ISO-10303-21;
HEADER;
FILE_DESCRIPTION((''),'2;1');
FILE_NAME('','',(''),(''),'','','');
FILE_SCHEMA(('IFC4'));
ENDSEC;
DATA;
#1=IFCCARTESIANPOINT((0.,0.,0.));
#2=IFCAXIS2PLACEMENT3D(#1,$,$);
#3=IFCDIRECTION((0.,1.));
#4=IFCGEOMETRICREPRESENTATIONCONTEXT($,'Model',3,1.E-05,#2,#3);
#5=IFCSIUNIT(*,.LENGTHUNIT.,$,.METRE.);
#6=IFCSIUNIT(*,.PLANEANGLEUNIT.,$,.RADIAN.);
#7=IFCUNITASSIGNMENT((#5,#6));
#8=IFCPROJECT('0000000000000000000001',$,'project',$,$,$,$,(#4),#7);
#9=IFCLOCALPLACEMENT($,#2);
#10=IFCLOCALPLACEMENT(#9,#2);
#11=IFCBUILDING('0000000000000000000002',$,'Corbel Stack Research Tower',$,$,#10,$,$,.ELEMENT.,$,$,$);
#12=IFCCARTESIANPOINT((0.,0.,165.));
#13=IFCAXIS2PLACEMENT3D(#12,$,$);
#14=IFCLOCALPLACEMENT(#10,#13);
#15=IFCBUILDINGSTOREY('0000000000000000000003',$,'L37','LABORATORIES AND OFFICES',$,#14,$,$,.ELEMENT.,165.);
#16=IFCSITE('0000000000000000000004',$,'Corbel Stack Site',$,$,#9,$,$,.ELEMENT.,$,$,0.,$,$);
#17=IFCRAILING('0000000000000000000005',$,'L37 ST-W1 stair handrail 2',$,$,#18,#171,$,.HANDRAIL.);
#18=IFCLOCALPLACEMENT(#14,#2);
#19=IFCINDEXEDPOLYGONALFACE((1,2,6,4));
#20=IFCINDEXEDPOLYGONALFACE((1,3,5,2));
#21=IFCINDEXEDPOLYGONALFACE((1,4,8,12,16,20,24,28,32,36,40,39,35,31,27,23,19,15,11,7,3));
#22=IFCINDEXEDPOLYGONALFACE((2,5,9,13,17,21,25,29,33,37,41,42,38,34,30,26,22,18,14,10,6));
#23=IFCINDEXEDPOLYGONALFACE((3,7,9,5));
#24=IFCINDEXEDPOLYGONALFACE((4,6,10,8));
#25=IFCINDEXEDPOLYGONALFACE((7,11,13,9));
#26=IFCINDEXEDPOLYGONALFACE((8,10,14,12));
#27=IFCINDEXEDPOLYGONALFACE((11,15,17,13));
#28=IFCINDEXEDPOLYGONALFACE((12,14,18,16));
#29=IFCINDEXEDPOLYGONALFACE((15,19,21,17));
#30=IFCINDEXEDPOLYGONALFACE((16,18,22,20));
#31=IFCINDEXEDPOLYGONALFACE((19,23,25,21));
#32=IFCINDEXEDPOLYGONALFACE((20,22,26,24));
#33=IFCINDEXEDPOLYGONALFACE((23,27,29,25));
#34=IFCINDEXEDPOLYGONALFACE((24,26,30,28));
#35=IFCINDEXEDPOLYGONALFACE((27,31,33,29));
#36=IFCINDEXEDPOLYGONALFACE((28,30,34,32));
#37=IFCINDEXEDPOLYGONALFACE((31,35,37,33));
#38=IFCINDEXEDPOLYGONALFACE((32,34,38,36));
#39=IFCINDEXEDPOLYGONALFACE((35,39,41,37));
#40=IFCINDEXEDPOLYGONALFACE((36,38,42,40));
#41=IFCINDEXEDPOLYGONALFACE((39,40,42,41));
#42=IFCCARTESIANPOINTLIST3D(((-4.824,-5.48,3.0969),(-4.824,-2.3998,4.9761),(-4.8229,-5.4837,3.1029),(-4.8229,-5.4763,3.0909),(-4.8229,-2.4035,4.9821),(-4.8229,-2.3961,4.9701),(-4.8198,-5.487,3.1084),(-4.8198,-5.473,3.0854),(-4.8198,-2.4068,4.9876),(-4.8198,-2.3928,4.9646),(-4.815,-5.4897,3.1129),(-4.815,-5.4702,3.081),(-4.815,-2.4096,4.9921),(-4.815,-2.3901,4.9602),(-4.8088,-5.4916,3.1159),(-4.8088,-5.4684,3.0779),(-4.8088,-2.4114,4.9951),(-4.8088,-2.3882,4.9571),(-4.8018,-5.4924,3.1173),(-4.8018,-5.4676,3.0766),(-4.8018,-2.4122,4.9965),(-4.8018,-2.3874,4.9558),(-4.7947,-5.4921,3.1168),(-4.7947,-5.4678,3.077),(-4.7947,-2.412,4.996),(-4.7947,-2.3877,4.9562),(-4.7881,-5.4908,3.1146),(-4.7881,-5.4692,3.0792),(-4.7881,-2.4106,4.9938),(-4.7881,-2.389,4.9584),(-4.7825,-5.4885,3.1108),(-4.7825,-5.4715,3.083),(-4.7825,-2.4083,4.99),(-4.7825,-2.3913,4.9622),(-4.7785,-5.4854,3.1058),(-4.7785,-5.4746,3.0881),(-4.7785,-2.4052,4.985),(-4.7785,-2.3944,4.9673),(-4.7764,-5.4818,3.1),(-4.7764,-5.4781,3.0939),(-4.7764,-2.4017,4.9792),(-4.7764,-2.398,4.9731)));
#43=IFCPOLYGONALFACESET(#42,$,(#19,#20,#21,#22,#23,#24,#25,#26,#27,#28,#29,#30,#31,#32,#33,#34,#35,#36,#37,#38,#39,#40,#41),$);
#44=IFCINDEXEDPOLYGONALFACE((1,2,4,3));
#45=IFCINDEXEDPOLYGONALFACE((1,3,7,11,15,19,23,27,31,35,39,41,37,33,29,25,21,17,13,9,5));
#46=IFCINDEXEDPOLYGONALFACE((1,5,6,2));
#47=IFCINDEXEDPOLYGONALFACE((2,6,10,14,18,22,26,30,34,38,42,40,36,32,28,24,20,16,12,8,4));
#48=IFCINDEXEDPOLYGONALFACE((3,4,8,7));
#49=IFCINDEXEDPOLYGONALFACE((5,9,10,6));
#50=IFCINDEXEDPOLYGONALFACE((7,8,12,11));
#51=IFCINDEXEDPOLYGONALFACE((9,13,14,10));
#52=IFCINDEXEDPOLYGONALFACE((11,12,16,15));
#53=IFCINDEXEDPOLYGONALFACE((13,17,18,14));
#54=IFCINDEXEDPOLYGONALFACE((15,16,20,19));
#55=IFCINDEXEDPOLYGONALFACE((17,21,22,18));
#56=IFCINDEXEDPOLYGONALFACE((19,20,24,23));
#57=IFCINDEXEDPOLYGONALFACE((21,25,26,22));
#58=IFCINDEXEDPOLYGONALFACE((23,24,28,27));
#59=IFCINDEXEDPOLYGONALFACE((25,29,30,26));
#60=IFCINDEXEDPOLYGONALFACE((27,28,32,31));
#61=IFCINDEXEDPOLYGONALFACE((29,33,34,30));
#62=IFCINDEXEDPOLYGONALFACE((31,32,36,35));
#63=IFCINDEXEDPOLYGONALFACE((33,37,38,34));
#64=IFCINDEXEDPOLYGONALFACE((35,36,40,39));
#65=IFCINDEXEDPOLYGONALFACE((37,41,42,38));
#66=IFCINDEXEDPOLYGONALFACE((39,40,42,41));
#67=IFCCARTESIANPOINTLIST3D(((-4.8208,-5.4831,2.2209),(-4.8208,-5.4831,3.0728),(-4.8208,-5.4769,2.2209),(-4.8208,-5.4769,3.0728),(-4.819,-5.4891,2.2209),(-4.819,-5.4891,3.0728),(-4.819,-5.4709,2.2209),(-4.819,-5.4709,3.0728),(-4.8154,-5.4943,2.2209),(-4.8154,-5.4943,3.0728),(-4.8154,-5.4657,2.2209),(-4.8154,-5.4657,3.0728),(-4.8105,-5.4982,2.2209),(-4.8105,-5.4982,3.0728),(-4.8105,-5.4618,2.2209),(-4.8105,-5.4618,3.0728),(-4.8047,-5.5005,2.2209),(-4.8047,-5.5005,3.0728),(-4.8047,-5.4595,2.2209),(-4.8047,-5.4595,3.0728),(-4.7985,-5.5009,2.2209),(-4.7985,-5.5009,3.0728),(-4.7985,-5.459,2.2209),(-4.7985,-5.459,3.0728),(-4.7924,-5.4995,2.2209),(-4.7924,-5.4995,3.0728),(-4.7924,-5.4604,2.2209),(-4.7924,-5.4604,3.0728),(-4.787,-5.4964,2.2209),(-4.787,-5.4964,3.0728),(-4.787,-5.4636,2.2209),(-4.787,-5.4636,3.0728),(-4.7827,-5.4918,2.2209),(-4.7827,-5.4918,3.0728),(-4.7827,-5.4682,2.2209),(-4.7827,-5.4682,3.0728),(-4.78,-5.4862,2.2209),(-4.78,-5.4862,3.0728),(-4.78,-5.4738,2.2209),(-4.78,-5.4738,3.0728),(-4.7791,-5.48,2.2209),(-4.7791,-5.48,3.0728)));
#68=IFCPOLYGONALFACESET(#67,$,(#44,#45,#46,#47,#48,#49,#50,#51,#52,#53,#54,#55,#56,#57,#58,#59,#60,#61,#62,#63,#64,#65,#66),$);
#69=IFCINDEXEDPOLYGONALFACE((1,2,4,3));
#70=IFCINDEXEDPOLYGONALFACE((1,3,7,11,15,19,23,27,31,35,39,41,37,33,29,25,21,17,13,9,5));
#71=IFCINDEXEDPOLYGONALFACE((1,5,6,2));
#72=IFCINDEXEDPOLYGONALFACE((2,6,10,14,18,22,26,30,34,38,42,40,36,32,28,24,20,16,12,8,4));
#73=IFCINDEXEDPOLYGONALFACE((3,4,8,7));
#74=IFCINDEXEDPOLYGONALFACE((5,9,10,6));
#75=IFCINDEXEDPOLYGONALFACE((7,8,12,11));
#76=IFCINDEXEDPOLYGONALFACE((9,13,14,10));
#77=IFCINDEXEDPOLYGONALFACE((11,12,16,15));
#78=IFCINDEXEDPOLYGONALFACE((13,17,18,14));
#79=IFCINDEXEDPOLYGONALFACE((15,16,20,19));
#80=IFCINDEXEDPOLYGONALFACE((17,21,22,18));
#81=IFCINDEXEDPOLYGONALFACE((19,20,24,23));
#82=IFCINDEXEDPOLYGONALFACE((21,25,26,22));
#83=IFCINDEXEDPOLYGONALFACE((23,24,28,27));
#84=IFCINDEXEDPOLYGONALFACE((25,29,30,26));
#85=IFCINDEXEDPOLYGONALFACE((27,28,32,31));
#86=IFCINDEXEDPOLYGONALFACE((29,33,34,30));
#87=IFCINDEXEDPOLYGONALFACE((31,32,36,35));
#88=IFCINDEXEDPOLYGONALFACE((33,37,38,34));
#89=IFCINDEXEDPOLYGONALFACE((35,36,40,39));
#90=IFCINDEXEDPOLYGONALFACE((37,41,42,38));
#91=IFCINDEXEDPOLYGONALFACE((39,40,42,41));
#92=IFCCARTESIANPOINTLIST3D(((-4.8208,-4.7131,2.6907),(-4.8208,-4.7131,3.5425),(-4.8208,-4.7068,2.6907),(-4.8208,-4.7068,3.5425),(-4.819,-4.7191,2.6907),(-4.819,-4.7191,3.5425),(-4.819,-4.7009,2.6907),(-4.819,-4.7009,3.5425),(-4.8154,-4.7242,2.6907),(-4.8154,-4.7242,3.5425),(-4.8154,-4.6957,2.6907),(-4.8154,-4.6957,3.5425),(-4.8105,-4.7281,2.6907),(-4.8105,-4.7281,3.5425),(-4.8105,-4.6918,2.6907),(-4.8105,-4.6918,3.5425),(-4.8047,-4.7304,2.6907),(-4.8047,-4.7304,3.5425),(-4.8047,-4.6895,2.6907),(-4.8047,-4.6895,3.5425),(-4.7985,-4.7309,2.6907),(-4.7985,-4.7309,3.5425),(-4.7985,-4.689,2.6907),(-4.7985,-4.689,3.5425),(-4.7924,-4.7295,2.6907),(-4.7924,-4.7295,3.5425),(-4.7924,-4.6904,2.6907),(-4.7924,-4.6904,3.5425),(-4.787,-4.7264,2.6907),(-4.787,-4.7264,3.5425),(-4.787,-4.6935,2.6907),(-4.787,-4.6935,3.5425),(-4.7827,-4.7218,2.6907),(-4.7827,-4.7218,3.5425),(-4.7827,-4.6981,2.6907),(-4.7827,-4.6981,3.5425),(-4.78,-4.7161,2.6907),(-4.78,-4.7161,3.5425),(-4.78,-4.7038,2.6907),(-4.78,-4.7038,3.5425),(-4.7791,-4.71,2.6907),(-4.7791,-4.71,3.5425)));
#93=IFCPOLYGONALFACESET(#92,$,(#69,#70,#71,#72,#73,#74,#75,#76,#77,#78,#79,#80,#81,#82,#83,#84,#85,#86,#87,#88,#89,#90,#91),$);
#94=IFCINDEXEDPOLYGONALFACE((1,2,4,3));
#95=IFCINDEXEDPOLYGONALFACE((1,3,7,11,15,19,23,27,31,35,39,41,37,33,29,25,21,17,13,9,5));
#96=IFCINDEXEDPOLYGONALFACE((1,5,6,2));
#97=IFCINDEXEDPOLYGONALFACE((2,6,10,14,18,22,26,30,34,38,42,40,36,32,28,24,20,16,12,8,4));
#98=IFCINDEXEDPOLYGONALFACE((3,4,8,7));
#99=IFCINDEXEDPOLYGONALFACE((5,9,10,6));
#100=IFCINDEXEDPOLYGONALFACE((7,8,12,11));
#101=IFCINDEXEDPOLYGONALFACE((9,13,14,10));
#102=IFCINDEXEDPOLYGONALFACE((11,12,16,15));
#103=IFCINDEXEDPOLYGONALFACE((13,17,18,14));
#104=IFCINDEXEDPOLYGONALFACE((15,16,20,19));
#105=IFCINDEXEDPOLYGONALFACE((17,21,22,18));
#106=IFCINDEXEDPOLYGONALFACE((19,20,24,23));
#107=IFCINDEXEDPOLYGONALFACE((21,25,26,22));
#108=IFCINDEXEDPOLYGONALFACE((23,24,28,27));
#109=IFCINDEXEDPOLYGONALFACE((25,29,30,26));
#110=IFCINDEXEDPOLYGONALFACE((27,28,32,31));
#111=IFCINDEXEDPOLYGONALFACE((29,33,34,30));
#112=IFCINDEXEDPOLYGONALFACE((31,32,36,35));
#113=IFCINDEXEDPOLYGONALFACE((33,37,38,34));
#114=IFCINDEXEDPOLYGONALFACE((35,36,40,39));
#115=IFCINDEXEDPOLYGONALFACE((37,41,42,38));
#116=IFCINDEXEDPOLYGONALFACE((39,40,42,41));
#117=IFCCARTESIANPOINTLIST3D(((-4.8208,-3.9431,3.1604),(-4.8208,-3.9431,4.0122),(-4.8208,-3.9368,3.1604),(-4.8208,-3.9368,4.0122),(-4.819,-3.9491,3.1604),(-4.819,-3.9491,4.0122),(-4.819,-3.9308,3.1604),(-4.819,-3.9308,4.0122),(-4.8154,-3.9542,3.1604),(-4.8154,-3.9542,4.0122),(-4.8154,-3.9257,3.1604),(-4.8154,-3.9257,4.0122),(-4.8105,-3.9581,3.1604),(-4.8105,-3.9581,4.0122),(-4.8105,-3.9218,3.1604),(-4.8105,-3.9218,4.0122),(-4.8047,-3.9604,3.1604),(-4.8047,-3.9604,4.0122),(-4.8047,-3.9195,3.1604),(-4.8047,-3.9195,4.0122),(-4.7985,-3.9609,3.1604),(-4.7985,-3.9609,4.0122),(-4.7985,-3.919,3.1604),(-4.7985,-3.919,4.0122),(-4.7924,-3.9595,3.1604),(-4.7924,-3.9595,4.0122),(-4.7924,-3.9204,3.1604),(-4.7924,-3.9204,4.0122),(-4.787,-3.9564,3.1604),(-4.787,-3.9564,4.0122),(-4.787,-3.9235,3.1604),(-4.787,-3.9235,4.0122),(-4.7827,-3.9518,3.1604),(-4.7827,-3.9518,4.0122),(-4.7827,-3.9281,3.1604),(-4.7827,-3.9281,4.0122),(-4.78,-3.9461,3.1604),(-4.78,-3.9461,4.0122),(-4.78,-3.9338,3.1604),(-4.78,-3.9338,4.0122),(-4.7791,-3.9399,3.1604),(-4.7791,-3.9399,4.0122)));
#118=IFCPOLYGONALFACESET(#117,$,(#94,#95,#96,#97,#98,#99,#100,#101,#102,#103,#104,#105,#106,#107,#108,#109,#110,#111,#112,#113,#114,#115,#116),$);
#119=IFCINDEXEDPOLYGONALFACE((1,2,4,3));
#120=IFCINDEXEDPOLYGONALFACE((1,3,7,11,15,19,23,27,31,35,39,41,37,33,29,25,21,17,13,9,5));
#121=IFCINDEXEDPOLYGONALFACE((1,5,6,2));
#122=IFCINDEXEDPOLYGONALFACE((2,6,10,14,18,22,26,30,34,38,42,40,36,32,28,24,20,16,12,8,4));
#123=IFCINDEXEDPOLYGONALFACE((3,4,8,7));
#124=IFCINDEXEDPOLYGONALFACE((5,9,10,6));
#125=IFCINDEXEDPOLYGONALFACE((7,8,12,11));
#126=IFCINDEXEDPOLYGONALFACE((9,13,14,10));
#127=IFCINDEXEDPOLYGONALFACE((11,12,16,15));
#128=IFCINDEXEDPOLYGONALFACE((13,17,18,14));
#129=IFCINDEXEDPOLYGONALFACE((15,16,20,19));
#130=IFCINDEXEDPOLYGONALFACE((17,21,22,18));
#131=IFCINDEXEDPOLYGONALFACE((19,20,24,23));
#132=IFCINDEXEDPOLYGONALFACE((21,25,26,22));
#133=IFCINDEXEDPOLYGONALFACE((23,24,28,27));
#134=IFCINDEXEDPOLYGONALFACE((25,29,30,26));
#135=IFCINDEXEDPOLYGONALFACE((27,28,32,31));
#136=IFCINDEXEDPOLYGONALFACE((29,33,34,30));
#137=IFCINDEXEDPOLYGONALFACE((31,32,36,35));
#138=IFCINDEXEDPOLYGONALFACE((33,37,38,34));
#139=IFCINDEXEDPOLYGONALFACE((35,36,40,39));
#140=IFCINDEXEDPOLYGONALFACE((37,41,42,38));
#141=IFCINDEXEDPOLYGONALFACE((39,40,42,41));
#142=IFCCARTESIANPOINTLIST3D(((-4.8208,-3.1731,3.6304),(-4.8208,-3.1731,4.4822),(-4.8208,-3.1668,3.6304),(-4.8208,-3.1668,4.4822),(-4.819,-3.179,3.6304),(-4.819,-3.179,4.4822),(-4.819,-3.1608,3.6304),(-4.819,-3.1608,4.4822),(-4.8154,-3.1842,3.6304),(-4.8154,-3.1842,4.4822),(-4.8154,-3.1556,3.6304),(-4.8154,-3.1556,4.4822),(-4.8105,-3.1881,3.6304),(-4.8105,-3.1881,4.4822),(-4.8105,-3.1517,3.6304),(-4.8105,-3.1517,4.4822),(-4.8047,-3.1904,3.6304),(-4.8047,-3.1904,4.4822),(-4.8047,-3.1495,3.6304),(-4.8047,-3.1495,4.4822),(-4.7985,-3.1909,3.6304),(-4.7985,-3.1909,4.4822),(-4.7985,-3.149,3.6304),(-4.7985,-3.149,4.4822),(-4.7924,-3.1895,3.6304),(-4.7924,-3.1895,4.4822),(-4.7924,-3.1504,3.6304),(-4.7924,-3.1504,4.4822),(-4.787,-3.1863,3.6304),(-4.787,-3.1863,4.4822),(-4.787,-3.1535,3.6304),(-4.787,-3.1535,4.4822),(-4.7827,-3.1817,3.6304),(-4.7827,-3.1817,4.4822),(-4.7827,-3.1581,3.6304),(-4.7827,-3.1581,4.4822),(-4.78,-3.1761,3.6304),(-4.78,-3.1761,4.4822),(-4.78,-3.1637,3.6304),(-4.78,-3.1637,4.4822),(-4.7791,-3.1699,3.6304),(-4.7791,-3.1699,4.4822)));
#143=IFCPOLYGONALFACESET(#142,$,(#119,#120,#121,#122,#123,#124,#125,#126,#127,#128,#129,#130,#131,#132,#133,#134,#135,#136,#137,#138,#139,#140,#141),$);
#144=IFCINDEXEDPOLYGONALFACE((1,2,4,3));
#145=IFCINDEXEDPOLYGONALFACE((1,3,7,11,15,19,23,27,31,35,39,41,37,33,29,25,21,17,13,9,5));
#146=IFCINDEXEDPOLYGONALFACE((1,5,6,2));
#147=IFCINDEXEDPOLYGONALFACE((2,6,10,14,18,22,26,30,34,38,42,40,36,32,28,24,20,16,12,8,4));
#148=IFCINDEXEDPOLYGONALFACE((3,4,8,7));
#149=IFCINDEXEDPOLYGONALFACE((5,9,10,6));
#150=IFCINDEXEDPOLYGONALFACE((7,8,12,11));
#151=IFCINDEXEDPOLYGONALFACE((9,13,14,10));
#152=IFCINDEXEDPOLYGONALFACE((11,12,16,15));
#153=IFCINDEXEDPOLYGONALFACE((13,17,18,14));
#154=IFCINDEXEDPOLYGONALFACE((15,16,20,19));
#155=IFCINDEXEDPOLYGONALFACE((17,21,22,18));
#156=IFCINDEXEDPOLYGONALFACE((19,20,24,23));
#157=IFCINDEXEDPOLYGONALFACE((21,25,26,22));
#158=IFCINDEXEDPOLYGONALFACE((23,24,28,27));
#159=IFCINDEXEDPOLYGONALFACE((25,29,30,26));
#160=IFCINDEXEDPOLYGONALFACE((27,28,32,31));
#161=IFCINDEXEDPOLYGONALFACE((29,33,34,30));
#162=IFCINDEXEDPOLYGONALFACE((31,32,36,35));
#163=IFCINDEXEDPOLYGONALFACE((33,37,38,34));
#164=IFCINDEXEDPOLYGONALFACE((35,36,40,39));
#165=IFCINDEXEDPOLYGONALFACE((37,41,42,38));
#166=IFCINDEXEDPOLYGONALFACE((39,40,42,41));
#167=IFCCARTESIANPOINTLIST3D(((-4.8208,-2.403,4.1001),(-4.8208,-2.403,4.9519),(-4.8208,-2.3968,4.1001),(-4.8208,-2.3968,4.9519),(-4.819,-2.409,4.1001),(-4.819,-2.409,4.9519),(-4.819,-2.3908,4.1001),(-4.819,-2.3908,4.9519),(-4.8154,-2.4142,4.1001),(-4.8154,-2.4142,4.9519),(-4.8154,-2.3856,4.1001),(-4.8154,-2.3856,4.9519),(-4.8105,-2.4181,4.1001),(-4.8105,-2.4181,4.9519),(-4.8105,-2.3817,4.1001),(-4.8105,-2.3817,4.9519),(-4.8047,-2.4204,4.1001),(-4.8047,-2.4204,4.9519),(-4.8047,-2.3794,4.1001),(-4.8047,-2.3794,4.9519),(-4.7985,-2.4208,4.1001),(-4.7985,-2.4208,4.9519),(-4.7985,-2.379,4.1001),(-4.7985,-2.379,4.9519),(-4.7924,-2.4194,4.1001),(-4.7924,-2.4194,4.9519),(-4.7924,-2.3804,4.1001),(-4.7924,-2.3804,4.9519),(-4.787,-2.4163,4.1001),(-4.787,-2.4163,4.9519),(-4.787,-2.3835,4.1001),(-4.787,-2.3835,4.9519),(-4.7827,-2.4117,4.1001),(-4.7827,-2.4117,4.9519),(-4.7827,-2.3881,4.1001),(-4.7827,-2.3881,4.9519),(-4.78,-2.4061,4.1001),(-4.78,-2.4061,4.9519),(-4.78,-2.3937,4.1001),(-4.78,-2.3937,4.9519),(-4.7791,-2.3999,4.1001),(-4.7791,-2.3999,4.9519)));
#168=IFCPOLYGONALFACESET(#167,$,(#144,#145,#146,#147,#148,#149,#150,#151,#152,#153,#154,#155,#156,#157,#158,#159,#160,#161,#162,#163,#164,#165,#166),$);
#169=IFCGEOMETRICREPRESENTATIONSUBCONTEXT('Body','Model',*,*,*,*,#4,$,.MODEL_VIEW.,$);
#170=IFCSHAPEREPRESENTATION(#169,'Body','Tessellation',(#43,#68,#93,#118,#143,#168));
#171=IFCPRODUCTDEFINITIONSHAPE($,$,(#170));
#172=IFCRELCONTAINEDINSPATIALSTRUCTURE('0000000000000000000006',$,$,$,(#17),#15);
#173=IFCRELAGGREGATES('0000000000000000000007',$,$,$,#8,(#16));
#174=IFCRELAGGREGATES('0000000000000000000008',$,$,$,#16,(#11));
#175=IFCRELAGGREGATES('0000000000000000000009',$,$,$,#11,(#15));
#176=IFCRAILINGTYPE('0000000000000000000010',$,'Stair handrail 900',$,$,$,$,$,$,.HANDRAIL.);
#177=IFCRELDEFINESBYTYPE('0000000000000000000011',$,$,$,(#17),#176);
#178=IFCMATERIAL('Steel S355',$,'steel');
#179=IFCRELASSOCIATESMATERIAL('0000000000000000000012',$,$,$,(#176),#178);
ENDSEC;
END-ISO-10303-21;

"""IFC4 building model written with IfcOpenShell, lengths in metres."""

from ifc_helpers import new_model, si_unit, direction, frame, origin, origin_2d, place, context, subcontext, project, spatial, circle, extrude, material, type_object, element, save


model = new_model("IFC4")

# Units and contexts
model_context = context("Model", 3, precision=1e-05, world=origin(), true_north=direction((0.0, 1.0)))
body_context = subcontext(model_context, "Body", "Model", "MODEL_VIEW")
ifc_project = project(units=[si_unit("LENGTHUNIT", "METRE"), si_unit("PLANEANGLEUNIT", "RADIAN")], contexts=[model_context])

# Site, building, storey
site_placement = place(None, origin())
site = spatial("IfcSite", under=ifc_project, at=site_placement, Name="Corbel Stack Site", CompositionType="ELEMENT", RefElevation=0.0)
building_placement = place(site_placement, origin())
building = spatial("IfcBuilding", under=site, at=building_placement, Name="Corbel Stack Research Tower", CompositionType="ELEMENT")
storey_placement = place(building_placement, frame((0.0, 0.0, 165.0)))
storey = spatial("IfcBuildingStorey", under=building, at=storey_placement, Name="L37", Description="LABORATORIES AND OFFICES", CompositionType="ELEMENT", Elevation=165.0)

# Railing
ifc_material_1 = material(Name="Steel S355", Category="steel")
railing_type_1 = type_object("IfcRailingType", Name="Stair handrail 900", PredefinedType="HANDRAIL", material=ifc_material_1)
railing_1_placement = place(storey_placement, frame((-4.8, -5.48, 2.2209)))
element("IfcRailing", 1, at=railing_1_placement, inside=storey, type_object=railing_type_1, Name="L37 ST-W1 stair handrail 2", PredefinedType="HANDRAIL", context=body_context, shape_type="SweptSolid", body=[
    extrude(circle(Radius=0.0239, at=origin_2d()), frame((0.0, 0.0, 0.876), z_axis=(0.0, 0.853666, 0.52082), x_axis=(-1.0, 0.0, 0.0)), (0.0, 0.0, 1.0), 3.6082),
    extrude(circle(Radius=0.021, at=origin_2d()), origin(), (0.0, 0.0, 1.0), 0.8518),
    extrude(circle(Radius=0.021, at=origin_2d()), frame((0.0, 0.77, 0.4697)), (0.0, 0.0, 1.0), 0.8518),
    extrude(circle(Radius=0.021, at=origin_2d()), frame((0.0, 1.54, 0.9395)), (0.0, 0.0, 1.0), 0.8518),
    extrude(circle(Radius=0.021, at=origin_2d()), frame((0.0, 2.3101, 1.4094)), (0.0, 0.0, 1.0), 0.8518),
    extrude(circle(Radius=0.021, at=origin_2d()), frame((0.0, 3.0801, 1.8792)), (0.0, 0.0, 1.0), 0.8518),
])

save(model, "model.ifc")
